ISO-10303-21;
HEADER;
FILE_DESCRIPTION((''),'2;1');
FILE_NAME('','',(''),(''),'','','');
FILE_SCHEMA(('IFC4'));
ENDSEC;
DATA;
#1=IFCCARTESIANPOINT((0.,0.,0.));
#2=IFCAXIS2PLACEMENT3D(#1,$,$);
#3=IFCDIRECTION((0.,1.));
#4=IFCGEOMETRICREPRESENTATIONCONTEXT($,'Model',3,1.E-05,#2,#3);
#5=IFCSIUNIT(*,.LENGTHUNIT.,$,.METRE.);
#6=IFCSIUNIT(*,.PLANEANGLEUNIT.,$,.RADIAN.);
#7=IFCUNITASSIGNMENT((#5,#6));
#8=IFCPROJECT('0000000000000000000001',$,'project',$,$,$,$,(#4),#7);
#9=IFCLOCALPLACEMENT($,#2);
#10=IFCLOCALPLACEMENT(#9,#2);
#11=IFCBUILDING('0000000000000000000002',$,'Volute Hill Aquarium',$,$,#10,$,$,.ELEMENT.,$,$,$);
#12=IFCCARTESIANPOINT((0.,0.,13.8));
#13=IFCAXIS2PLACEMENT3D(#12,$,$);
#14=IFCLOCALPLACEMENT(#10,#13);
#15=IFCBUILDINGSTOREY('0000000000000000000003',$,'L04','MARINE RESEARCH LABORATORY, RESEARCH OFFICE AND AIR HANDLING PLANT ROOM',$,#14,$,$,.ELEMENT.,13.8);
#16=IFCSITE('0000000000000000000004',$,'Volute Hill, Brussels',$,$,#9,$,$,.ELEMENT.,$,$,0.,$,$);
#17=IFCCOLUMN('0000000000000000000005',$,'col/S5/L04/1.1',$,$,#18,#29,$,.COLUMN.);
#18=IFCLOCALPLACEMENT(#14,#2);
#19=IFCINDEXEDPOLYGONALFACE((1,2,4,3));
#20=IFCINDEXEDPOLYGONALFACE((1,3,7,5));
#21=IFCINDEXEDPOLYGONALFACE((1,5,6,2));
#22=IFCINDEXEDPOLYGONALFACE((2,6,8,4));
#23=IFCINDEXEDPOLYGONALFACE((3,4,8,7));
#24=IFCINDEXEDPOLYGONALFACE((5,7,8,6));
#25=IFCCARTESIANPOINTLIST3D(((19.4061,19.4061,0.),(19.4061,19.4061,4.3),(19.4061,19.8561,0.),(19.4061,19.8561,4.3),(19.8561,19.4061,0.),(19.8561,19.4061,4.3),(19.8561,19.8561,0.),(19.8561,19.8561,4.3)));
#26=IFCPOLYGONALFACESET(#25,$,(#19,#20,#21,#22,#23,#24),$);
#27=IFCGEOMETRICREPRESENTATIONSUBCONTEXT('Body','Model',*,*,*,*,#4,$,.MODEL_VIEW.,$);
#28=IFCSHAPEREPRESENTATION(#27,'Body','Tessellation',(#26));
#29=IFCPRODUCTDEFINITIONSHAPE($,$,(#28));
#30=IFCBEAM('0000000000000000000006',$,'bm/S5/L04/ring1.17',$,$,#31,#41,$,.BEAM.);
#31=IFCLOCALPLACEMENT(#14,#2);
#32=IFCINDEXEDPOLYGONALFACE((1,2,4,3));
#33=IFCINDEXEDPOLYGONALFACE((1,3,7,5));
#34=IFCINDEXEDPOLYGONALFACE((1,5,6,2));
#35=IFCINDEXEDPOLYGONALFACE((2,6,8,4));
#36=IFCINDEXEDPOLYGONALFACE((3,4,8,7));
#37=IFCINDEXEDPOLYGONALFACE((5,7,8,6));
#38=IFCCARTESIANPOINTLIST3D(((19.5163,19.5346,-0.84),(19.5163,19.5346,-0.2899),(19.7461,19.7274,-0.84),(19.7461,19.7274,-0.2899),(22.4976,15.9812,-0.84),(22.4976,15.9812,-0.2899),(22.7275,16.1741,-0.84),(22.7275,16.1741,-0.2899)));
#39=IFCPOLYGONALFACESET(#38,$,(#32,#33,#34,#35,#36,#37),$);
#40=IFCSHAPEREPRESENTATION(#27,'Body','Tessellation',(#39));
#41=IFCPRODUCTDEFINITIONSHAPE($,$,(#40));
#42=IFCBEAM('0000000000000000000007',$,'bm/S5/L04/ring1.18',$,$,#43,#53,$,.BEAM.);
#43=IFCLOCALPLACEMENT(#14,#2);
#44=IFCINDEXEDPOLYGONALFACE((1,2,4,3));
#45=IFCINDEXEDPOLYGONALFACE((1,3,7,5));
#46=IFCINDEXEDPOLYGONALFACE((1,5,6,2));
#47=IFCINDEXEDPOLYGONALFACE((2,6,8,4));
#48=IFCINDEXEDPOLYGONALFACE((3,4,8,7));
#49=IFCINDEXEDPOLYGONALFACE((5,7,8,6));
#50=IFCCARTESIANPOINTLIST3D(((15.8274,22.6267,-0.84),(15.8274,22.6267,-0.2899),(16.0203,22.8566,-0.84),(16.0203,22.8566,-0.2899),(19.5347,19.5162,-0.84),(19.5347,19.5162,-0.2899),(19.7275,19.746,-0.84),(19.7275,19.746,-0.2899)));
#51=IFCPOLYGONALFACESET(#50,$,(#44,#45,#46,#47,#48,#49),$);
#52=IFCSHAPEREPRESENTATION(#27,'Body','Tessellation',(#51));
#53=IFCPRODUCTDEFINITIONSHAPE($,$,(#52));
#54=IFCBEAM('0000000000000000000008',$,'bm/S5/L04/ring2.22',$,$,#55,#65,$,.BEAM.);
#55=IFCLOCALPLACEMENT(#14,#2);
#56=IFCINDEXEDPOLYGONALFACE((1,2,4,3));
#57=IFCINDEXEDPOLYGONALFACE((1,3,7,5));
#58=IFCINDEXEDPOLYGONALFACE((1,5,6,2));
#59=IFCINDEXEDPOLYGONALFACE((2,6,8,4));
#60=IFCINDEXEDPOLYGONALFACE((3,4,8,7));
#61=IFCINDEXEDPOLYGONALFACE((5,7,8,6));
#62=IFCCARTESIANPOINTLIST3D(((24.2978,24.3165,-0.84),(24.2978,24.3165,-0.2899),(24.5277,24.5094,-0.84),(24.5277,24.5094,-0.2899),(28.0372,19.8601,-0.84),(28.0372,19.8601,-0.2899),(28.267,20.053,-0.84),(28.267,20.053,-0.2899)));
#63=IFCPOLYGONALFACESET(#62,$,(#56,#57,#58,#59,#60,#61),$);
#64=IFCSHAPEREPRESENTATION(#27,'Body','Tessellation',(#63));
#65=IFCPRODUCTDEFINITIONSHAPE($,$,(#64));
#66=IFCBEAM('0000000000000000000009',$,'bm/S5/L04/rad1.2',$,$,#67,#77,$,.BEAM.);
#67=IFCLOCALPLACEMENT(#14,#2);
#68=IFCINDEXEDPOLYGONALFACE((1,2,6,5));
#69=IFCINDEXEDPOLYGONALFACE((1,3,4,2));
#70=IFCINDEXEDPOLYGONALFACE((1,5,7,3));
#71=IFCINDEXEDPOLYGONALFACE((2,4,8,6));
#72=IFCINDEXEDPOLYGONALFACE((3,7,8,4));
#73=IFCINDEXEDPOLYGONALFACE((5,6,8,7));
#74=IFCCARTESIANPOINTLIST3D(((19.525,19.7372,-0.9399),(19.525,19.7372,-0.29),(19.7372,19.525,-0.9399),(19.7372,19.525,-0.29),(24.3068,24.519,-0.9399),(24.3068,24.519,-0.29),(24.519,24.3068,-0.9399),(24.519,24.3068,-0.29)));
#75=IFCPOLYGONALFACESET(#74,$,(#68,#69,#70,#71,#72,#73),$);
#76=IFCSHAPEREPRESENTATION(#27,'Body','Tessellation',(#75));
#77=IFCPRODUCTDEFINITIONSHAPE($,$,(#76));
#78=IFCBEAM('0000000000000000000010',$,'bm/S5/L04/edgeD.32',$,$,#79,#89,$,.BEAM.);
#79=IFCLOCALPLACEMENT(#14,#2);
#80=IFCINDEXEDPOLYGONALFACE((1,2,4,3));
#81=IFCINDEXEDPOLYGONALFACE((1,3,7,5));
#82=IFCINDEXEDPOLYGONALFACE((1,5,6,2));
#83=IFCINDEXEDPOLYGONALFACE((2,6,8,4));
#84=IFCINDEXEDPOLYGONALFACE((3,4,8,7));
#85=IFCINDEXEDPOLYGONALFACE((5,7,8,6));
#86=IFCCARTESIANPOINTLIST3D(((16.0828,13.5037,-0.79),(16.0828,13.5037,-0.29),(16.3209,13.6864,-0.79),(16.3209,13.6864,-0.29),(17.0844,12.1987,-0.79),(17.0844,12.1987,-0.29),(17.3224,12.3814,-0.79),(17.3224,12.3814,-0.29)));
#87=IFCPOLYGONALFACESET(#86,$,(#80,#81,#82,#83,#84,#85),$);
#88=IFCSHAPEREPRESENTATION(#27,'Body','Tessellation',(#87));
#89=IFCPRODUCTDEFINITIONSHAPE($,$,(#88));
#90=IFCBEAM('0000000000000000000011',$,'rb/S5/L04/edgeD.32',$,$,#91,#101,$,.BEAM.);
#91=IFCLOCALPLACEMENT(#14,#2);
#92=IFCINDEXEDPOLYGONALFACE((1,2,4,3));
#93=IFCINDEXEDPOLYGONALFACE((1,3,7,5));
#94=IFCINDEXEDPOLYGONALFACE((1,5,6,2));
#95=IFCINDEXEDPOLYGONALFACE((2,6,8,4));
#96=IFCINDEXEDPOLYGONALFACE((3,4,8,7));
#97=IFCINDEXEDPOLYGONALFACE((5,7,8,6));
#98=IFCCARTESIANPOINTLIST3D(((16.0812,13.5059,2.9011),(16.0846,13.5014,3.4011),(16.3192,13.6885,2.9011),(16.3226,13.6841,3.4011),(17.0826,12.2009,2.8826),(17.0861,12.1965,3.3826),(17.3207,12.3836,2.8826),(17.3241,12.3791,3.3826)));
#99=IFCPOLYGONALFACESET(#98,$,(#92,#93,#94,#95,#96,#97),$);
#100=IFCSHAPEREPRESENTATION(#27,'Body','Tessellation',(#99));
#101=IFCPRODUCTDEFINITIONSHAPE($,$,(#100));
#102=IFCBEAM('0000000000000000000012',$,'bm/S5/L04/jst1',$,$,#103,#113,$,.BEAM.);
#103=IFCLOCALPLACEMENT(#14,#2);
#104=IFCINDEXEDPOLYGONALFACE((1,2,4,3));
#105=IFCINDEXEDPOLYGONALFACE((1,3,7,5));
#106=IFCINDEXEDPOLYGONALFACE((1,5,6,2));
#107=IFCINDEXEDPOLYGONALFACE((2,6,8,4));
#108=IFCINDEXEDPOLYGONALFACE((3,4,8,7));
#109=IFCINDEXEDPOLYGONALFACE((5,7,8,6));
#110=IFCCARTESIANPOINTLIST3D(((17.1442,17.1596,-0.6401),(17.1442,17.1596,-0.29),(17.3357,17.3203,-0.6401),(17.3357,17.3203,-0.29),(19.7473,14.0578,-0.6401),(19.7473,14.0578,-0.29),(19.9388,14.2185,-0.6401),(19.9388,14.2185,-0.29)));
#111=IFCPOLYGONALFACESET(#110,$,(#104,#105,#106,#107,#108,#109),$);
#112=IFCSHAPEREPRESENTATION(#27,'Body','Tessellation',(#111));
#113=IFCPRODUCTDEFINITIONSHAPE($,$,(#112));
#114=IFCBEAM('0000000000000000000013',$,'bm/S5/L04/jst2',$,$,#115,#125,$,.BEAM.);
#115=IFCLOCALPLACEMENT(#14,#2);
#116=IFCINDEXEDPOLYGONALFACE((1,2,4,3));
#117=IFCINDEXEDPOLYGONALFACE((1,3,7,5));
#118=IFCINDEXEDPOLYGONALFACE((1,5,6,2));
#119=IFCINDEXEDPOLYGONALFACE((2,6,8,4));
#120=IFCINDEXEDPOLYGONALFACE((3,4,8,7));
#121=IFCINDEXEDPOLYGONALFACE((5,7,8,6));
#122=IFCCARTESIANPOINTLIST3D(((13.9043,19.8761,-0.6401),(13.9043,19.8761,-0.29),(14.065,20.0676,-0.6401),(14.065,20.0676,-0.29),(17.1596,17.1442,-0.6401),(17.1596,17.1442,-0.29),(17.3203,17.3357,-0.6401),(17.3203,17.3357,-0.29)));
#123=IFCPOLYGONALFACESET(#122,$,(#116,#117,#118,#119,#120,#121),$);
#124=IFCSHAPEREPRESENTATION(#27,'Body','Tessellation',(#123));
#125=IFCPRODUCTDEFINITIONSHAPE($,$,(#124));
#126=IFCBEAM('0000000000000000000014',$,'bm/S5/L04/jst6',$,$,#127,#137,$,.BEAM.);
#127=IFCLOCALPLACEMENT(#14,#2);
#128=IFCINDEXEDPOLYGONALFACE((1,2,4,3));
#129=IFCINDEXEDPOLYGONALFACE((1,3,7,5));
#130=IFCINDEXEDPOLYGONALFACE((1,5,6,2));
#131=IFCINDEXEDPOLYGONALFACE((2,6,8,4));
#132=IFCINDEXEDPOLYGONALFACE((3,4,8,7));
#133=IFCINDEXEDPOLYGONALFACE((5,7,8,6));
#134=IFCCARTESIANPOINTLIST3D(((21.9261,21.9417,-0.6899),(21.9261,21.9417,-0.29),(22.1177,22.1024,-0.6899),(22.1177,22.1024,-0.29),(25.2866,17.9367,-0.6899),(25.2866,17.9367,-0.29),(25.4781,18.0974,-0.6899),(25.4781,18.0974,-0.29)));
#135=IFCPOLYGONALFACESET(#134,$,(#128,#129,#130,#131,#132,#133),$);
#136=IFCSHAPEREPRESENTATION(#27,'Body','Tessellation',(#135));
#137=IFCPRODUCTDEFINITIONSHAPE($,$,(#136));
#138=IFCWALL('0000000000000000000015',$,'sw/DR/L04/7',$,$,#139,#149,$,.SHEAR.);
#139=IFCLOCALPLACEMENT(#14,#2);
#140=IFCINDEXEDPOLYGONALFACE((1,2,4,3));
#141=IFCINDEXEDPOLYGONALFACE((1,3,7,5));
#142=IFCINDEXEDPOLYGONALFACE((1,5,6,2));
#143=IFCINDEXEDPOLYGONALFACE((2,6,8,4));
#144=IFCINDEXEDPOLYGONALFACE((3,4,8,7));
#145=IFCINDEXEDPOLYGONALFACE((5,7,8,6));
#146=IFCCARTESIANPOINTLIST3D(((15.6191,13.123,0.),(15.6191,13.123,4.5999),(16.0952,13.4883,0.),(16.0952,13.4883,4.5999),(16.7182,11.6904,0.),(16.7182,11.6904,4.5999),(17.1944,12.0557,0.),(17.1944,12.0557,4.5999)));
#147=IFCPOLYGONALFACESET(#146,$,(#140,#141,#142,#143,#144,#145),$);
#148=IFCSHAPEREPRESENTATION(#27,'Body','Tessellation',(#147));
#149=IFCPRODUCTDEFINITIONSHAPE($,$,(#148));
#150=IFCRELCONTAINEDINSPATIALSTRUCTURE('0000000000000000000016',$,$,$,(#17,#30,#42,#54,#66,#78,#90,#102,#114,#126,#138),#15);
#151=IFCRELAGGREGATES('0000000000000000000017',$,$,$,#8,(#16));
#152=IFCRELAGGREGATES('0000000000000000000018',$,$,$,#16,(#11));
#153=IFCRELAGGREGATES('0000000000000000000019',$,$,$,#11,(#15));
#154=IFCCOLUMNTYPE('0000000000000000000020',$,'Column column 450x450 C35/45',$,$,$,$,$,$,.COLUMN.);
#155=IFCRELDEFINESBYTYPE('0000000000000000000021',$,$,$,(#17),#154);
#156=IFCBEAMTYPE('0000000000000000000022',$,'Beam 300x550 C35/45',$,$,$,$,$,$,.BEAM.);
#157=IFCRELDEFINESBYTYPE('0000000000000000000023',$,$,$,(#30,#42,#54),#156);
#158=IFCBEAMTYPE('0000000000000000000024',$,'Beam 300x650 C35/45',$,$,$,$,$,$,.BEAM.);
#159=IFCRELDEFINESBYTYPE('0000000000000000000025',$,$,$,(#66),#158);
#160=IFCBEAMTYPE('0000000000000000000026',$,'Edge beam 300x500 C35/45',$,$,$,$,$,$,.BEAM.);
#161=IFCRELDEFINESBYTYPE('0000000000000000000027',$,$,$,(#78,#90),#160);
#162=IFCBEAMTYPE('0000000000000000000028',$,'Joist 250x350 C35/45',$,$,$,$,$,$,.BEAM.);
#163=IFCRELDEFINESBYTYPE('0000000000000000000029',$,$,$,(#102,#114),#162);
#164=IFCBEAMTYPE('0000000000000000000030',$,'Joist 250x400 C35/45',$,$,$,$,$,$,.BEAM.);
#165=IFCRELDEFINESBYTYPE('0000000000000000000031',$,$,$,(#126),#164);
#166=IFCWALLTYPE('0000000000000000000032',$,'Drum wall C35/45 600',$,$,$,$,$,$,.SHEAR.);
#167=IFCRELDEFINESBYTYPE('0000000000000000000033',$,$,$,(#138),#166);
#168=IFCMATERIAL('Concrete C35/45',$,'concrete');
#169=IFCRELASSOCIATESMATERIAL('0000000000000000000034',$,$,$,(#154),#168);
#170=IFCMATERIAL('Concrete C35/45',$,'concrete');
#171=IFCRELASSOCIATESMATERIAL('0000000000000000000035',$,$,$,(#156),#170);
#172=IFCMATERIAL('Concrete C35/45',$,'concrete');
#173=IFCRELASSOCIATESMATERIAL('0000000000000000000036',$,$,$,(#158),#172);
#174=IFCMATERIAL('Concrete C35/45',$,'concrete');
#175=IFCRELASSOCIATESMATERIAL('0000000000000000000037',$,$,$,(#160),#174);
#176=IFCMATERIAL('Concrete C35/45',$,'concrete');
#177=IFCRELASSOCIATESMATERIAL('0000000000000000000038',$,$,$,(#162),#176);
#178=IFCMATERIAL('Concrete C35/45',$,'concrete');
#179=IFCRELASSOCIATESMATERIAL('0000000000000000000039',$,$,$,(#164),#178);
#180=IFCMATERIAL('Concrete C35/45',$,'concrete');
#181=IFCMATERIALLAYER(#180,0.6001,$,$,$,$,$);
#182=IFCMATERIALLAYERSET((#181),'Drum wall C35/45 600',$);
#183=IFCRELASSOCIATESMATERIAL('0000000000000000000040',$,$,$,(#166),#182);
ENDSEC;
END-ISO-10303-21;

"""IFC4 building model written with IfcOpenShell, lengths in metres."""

from ifc_helpers import new_model, si_unit, direction, frame, frame_2d, origin, origin_2d, place, context, subcontext, project, spatial, rectangle, extrude, material, layer, layer_set, material_profile, profile_set, type_object, element, save


model = new_model("IFC4")

# Units and contexts
model_context = context("Model", 3, precision=1e-05, world=origin(), true_north=direction((0.0, 1.0)))
body_context = subcontext(model_context, "Body", "Model", "MODEL_VIEW")
ifc_project = project(units=[si_unit("LENGTHUNIT", "METRE"), si_unit("PLANEANGLEUNIT", "RADIAN")], contexts=[model_context])

# Site, building, storey
site_placement = place(None, origin())
site = spatial("IfcSite", under=ifc_project, at=site_placement, Name="Volute Hill, Brussels", CompositionType="ELEMENT", RefElevation=0.0)
building_placement = place(site_placement, origin())
building = spatial("IfcBuilding", under=site, at=building_placement, Name="Volute Hill Aquarium", CompositionType="ELEMENT")
storey_placement = place(building_placement, frame((0.0, 0.0, 13.8)))
storey = spatial("IfcBuildingStorey", under=building, at=storey_placement, Name="L04", Description="MARINE RESEARCH LABORATORY, RESEARCH OFFICE AND AIR HANDLING PLANT ROOM", CompositionType="ELEMENT", Elevation=13.8)

# Column
ifc_material_1 = material(Name="Concrete C35/45", Category="concrete")
ifc_material_profile_1 = material_profile(ifc_material_1, rectangle(XDim=0.45, YDim=0.45, at=origin_2d()), Name="RC column 450x450")
ifc_profile_set_1 = profile_set([ifc_material_profile_1], Name="Concrete C35/45")
column_type = type_object("IfcColumnType", Name="Column column 450x450 C35/45", PredefinedType="COLUMN", material=ifc_profile_set_1)
column_placement = place(storey_placement, frame((19.6311, 19.6311, 0.0), z_axis=(0.0, 0.0, 1.0), x_axis=(1.0, 0.0, 0.0)))
element("IfcColumn", 1, at=column_placement, inside=storey, type_object=column_type, Name="col/S5/L04/1.1", PredefinedType="COLUMN", context=body_context, shape_type="SweptSolid", body=[
    extrude(rectangle(XDim=0.45, YDim=0.45, at=origin_2d()), origin(), (0.0, 0.0, 1.0), 4.3),
])

# Beams
ifc_material_2 = material(Name="Concrete C35/45", Category="concrete")
ifc_material_profile_2 = material_profile(ifc_material_2, rectangle(XDim=0.3, YDim=0.55, at=origin_2d()), Name="RC beam 300x550")
ifc_profile_set_2 = profile_set([ifc_material_profile_2], Name="Concrete C35/45")
beam_type_1 = type_object("IfcBeamType", Name="Beam 300x550 C35/45", PredefinedType="BEAM", material=ifc_profile_set_2)
beam_1_placement = place(storey_placement, frame((22.6125, 16.0776, -0.5649), z_axis=(-0.642754, 0.766073, 0.0), x_axis=(-0.766073, -0.642754, 0.0)))
element("IfcBeam", 2, at=beam_1_placement, inside=storey, type_object=beam_type_1, Name="bm/S5/L04/ring1.17", PredefinedType="BEAM", context=body_context, shape_type="SweptSolid", body=[
    extrude(rectangle(XDim=0.3, YDim=0.55, at=origin_2d()), origin(), (0.0, 0.0, 1.0), 4.6384),
])
beam_2_placement = place(storey_placement, frame((19.6311, 19.6311, -0.5649), z_axis=(-0.766063, 0.642766, 0.0), x_axis=(-0.642766, -0.766063, 0.0)))
element("IfcBeam", 3, at=beam_2_placement, inside=storey, type_object=beam_type_1, Name="bm/S5/L04/ring1.18", PredefinedType="BEAM", context=body_context, shape_type="SweptSolid", body=[
    extrude(rectangle(XDim=0.3, YDim=0.55, at=origin_2d()), origin(), (0.0, 0.0, 1.0), 4.8394),
])
beam_3_placement = place(storey_placement, frame((28.1521, 19.9565, -0.5649), z_axis=(-0.642786, 0.766046, 0.0), x_axis=(-0.766046, -0.642786, 0.0)))
element("IfcBeam", 4, at=beam_3_placement, inside=storey, type_object=beam_type_1, Name="bm/S5/L04/ring2.22", PredefinedType="BEAM", context=body_context, shape_type="SweptSolid", body=[
    extrude(rectangle(XDim=0.3, YDim=0.55, at=origin_2d()), origin(), (0.0, 0.0, 1.0), 5.8174),
])
ifc_material_3 = material(Name="Concrete C35/45", Category="concrete")
ifc_material_profile_3 = material_profile(ifc_material_3, rectangle(XDim=0.3, YDim=0.6499, at=origin_2d()), Name="RC beam 300x650")
ifc_profile_set_3 = profile_set([ifc_material_profile_3], Name="Concrete C35/45")
beam_type_2 = type_object("IfcBeamType", Name="Beam 300x650 C35/45", PredefinedType="BEAM", material=ifc_profile_set_3)
beam_4_placement = place(storey_placement, frame((19.6311, 19.6311, -0.615), z_axis=(0.707107, 0.707107, 0.0), x_axis=(-0.707107, 0.707107, 0.0)))
element("IfcBeam", 5, at=beam_4_placement, inside=storey, type_object=beam_type_2, Name="bm/S5/L04/rad1.2", PredefinedType="BEAM", context=body_context, shape_type="SweptSolid", body=[
    extrude(rectangle(XDim=0.3, YDim=0.6499, at=origin_2d()), origin(), (0.0, 0.0, 1.0), 6.7625),
])
ifc_material_4 = material(Name="Concrete C35/45", Category="concrete")
ifc_material_profile_4 = material_profile(ifc_material_4, rectangle(XDim=0.3, YDim=0.5, at=origin_2d()), Name="RC edge beam 300x500")
ifc_profile_set_4 = profile_set([ifc_material_profile_4], Name="Concrete C35/45")
beam_type_3 = type_object("IfcBeamType", Name="Edge beam 300x500 C35/45", PredefinedType="BEAM", material=ifc_profile_set_4)
for number, where, z_axis, x_axis, name in (
    (6, (17.2034, 12.29, -0.54), (-0.608821, 0.793308, 0.0), (-0.793308, -0.608821, 0.0), "bm/S5/L04/edgeD.32"),
    (7, (17.2034, 12.29, 3.1326), (-0.608782, 0.793257, 0.011279), (-0.793308, -0.608821, 0.0), "rb/S5/L04/edgeD.32"),
):
    element("IfcBeam", number, at=place(storey_placement, frame(where, z_axis=z_axis, x_axis=x_axis)), inside=storey, type_object=beam_type_3, Name=name, PredefinedType="BEAM", context=body_context, shape_type="SweptSolid", body=[
        extrude(rectangle(XDim=0.3, YDim=0.5, at=origin_2d()), origin(), (0.0, 0.0, 1.0), 1.645),
    ])
ifc_material_5 = material(Name="Concrete C35/45", Category="concrete")
ifc_material_profile_5 = material_profile(ifc_material_5, rectangle(XDim=0.25, YDim=0.3501, at=origin_2d()), Name="RC joist 250x350")
ifc_profile_set_5 = profile_set([ifc_material_profile_5], Name="Concrete C35/45")
beam_type_4 = type_object("IfcBeamType", Name="Joist 250x350 C35/45", PredefinedType="BEAM", material=ifc_profile_set_5)
beam_5_placement = place(storey_placement, frame((19.843, 14.1382, -0.4651), z_axis=(-0.642831, 0.766008, 0.0), x_axis=(-0.766008, -0.642831, 0.0)))
element("IfcBeam", 8, at=beam_5_placement, inside=storey, type_object=beam_type_4, Name="bm/S5/L04/jst1", PredefinedType="BEAM", context=body_context, shape_type="SweptSolid", body=[
    extrude(rectangle(XDim=0.25, YDim=0.3501, at=origin_2d()), origin(), (0.0, 0.0, 1.0), 4.0493),
])
beam_6_placement = place(storey_placement, frame((17.24, 17.24, -0.4651), z_axis=(-0.766004, 0.642836, 0.0), x_axis=(-0.642836, -0.766004, 0.0)))
element("IfcBeam", 9, at=beam_6_placement, inside=storey, type_object=beam_type_4, Name="bm/S5/L04/jst2", PredefinedType="BEAM", context=body_context, shape_type="SweptSolid", body=[
    extrude(rectangle(XDim=0.25, YDim=0.3501, at=origin_2d()), origin(), (0.0, 0.0, 1.0), 4.2498),
])
ifc_material_6 = material(Name="Concrete C35/45", Category="concrete")
ifc_material_profile_6 = material_profile(ifc_material_6, rectangle(XDim=0.25, YDim=0.3999, at=origin_2d()), Name="RC joist 250x400")
ifc_profile_set_6 = profile_set([ifc_material_profile_6], Name="Concrete C35/45")
beam_type_5 = type_object("IfcBeamType", Name="Joist 250x400 C35/45", PredefinedType="BEAM", material=ifc_profile_set_6)
beam_7_placement = place(storey_placement, frame((25.3823, 18.0171, -0.49), z_axis=(-0.642771, 0.766058, 0.0), x_axis=(-0.766058, -0.642771, 0.0)))
element("IfcBeam", 10, at=beam_7_placement, inside=storey, type_object=beam_type_5, Name="bm/S5/L04/jst6", PredefinedType="BEAM", context=body_context, shape_type="SweptSolid", body=[
    extrude(rectangle(XDim=0.25, YDim=0.3999, at=origin_2d()), origin(), (0.0, 0.0, 1.0), 5.228),
])

# Wall
ifc_material_7 = material(Name="Concrete C35/45", Category="concrete")
ifc_layer_1 = layer(ifc_material_7, 0.6001)
ifc_layer_set_1 = layer_set([ifc_layer_1], Name="Drum wall C35/45 600")
wall_type_1 = type_object("IfcWallType", Name="Drum wall C35/45 600", PredefinedType="SHEAR", material=ifc_layer_set_1)
wall_1_placement = place(storey_placement, frame((16.9563, 11.873, 0.0), z_axis=(0.0, 0.0, 1.0), x_axis=(-0.608704, 0.793397, 0.0)))
element("IfcWall", 11, at=wall_1_placement, inside=storey, type_object=wall_type_1, Name="sw/DR/L04/7", PredefinedType="SHEAR", context=body_context, shape_type="SweptSolid", body=[
    extrude(rectangle(XDim=1.8057, YDim=0.6001, at=frame_2d((0.9028, 0.0))), origin(), (0.0, 0.0, 1.0), 4.5999),
])

save(model, "model.ifc")
